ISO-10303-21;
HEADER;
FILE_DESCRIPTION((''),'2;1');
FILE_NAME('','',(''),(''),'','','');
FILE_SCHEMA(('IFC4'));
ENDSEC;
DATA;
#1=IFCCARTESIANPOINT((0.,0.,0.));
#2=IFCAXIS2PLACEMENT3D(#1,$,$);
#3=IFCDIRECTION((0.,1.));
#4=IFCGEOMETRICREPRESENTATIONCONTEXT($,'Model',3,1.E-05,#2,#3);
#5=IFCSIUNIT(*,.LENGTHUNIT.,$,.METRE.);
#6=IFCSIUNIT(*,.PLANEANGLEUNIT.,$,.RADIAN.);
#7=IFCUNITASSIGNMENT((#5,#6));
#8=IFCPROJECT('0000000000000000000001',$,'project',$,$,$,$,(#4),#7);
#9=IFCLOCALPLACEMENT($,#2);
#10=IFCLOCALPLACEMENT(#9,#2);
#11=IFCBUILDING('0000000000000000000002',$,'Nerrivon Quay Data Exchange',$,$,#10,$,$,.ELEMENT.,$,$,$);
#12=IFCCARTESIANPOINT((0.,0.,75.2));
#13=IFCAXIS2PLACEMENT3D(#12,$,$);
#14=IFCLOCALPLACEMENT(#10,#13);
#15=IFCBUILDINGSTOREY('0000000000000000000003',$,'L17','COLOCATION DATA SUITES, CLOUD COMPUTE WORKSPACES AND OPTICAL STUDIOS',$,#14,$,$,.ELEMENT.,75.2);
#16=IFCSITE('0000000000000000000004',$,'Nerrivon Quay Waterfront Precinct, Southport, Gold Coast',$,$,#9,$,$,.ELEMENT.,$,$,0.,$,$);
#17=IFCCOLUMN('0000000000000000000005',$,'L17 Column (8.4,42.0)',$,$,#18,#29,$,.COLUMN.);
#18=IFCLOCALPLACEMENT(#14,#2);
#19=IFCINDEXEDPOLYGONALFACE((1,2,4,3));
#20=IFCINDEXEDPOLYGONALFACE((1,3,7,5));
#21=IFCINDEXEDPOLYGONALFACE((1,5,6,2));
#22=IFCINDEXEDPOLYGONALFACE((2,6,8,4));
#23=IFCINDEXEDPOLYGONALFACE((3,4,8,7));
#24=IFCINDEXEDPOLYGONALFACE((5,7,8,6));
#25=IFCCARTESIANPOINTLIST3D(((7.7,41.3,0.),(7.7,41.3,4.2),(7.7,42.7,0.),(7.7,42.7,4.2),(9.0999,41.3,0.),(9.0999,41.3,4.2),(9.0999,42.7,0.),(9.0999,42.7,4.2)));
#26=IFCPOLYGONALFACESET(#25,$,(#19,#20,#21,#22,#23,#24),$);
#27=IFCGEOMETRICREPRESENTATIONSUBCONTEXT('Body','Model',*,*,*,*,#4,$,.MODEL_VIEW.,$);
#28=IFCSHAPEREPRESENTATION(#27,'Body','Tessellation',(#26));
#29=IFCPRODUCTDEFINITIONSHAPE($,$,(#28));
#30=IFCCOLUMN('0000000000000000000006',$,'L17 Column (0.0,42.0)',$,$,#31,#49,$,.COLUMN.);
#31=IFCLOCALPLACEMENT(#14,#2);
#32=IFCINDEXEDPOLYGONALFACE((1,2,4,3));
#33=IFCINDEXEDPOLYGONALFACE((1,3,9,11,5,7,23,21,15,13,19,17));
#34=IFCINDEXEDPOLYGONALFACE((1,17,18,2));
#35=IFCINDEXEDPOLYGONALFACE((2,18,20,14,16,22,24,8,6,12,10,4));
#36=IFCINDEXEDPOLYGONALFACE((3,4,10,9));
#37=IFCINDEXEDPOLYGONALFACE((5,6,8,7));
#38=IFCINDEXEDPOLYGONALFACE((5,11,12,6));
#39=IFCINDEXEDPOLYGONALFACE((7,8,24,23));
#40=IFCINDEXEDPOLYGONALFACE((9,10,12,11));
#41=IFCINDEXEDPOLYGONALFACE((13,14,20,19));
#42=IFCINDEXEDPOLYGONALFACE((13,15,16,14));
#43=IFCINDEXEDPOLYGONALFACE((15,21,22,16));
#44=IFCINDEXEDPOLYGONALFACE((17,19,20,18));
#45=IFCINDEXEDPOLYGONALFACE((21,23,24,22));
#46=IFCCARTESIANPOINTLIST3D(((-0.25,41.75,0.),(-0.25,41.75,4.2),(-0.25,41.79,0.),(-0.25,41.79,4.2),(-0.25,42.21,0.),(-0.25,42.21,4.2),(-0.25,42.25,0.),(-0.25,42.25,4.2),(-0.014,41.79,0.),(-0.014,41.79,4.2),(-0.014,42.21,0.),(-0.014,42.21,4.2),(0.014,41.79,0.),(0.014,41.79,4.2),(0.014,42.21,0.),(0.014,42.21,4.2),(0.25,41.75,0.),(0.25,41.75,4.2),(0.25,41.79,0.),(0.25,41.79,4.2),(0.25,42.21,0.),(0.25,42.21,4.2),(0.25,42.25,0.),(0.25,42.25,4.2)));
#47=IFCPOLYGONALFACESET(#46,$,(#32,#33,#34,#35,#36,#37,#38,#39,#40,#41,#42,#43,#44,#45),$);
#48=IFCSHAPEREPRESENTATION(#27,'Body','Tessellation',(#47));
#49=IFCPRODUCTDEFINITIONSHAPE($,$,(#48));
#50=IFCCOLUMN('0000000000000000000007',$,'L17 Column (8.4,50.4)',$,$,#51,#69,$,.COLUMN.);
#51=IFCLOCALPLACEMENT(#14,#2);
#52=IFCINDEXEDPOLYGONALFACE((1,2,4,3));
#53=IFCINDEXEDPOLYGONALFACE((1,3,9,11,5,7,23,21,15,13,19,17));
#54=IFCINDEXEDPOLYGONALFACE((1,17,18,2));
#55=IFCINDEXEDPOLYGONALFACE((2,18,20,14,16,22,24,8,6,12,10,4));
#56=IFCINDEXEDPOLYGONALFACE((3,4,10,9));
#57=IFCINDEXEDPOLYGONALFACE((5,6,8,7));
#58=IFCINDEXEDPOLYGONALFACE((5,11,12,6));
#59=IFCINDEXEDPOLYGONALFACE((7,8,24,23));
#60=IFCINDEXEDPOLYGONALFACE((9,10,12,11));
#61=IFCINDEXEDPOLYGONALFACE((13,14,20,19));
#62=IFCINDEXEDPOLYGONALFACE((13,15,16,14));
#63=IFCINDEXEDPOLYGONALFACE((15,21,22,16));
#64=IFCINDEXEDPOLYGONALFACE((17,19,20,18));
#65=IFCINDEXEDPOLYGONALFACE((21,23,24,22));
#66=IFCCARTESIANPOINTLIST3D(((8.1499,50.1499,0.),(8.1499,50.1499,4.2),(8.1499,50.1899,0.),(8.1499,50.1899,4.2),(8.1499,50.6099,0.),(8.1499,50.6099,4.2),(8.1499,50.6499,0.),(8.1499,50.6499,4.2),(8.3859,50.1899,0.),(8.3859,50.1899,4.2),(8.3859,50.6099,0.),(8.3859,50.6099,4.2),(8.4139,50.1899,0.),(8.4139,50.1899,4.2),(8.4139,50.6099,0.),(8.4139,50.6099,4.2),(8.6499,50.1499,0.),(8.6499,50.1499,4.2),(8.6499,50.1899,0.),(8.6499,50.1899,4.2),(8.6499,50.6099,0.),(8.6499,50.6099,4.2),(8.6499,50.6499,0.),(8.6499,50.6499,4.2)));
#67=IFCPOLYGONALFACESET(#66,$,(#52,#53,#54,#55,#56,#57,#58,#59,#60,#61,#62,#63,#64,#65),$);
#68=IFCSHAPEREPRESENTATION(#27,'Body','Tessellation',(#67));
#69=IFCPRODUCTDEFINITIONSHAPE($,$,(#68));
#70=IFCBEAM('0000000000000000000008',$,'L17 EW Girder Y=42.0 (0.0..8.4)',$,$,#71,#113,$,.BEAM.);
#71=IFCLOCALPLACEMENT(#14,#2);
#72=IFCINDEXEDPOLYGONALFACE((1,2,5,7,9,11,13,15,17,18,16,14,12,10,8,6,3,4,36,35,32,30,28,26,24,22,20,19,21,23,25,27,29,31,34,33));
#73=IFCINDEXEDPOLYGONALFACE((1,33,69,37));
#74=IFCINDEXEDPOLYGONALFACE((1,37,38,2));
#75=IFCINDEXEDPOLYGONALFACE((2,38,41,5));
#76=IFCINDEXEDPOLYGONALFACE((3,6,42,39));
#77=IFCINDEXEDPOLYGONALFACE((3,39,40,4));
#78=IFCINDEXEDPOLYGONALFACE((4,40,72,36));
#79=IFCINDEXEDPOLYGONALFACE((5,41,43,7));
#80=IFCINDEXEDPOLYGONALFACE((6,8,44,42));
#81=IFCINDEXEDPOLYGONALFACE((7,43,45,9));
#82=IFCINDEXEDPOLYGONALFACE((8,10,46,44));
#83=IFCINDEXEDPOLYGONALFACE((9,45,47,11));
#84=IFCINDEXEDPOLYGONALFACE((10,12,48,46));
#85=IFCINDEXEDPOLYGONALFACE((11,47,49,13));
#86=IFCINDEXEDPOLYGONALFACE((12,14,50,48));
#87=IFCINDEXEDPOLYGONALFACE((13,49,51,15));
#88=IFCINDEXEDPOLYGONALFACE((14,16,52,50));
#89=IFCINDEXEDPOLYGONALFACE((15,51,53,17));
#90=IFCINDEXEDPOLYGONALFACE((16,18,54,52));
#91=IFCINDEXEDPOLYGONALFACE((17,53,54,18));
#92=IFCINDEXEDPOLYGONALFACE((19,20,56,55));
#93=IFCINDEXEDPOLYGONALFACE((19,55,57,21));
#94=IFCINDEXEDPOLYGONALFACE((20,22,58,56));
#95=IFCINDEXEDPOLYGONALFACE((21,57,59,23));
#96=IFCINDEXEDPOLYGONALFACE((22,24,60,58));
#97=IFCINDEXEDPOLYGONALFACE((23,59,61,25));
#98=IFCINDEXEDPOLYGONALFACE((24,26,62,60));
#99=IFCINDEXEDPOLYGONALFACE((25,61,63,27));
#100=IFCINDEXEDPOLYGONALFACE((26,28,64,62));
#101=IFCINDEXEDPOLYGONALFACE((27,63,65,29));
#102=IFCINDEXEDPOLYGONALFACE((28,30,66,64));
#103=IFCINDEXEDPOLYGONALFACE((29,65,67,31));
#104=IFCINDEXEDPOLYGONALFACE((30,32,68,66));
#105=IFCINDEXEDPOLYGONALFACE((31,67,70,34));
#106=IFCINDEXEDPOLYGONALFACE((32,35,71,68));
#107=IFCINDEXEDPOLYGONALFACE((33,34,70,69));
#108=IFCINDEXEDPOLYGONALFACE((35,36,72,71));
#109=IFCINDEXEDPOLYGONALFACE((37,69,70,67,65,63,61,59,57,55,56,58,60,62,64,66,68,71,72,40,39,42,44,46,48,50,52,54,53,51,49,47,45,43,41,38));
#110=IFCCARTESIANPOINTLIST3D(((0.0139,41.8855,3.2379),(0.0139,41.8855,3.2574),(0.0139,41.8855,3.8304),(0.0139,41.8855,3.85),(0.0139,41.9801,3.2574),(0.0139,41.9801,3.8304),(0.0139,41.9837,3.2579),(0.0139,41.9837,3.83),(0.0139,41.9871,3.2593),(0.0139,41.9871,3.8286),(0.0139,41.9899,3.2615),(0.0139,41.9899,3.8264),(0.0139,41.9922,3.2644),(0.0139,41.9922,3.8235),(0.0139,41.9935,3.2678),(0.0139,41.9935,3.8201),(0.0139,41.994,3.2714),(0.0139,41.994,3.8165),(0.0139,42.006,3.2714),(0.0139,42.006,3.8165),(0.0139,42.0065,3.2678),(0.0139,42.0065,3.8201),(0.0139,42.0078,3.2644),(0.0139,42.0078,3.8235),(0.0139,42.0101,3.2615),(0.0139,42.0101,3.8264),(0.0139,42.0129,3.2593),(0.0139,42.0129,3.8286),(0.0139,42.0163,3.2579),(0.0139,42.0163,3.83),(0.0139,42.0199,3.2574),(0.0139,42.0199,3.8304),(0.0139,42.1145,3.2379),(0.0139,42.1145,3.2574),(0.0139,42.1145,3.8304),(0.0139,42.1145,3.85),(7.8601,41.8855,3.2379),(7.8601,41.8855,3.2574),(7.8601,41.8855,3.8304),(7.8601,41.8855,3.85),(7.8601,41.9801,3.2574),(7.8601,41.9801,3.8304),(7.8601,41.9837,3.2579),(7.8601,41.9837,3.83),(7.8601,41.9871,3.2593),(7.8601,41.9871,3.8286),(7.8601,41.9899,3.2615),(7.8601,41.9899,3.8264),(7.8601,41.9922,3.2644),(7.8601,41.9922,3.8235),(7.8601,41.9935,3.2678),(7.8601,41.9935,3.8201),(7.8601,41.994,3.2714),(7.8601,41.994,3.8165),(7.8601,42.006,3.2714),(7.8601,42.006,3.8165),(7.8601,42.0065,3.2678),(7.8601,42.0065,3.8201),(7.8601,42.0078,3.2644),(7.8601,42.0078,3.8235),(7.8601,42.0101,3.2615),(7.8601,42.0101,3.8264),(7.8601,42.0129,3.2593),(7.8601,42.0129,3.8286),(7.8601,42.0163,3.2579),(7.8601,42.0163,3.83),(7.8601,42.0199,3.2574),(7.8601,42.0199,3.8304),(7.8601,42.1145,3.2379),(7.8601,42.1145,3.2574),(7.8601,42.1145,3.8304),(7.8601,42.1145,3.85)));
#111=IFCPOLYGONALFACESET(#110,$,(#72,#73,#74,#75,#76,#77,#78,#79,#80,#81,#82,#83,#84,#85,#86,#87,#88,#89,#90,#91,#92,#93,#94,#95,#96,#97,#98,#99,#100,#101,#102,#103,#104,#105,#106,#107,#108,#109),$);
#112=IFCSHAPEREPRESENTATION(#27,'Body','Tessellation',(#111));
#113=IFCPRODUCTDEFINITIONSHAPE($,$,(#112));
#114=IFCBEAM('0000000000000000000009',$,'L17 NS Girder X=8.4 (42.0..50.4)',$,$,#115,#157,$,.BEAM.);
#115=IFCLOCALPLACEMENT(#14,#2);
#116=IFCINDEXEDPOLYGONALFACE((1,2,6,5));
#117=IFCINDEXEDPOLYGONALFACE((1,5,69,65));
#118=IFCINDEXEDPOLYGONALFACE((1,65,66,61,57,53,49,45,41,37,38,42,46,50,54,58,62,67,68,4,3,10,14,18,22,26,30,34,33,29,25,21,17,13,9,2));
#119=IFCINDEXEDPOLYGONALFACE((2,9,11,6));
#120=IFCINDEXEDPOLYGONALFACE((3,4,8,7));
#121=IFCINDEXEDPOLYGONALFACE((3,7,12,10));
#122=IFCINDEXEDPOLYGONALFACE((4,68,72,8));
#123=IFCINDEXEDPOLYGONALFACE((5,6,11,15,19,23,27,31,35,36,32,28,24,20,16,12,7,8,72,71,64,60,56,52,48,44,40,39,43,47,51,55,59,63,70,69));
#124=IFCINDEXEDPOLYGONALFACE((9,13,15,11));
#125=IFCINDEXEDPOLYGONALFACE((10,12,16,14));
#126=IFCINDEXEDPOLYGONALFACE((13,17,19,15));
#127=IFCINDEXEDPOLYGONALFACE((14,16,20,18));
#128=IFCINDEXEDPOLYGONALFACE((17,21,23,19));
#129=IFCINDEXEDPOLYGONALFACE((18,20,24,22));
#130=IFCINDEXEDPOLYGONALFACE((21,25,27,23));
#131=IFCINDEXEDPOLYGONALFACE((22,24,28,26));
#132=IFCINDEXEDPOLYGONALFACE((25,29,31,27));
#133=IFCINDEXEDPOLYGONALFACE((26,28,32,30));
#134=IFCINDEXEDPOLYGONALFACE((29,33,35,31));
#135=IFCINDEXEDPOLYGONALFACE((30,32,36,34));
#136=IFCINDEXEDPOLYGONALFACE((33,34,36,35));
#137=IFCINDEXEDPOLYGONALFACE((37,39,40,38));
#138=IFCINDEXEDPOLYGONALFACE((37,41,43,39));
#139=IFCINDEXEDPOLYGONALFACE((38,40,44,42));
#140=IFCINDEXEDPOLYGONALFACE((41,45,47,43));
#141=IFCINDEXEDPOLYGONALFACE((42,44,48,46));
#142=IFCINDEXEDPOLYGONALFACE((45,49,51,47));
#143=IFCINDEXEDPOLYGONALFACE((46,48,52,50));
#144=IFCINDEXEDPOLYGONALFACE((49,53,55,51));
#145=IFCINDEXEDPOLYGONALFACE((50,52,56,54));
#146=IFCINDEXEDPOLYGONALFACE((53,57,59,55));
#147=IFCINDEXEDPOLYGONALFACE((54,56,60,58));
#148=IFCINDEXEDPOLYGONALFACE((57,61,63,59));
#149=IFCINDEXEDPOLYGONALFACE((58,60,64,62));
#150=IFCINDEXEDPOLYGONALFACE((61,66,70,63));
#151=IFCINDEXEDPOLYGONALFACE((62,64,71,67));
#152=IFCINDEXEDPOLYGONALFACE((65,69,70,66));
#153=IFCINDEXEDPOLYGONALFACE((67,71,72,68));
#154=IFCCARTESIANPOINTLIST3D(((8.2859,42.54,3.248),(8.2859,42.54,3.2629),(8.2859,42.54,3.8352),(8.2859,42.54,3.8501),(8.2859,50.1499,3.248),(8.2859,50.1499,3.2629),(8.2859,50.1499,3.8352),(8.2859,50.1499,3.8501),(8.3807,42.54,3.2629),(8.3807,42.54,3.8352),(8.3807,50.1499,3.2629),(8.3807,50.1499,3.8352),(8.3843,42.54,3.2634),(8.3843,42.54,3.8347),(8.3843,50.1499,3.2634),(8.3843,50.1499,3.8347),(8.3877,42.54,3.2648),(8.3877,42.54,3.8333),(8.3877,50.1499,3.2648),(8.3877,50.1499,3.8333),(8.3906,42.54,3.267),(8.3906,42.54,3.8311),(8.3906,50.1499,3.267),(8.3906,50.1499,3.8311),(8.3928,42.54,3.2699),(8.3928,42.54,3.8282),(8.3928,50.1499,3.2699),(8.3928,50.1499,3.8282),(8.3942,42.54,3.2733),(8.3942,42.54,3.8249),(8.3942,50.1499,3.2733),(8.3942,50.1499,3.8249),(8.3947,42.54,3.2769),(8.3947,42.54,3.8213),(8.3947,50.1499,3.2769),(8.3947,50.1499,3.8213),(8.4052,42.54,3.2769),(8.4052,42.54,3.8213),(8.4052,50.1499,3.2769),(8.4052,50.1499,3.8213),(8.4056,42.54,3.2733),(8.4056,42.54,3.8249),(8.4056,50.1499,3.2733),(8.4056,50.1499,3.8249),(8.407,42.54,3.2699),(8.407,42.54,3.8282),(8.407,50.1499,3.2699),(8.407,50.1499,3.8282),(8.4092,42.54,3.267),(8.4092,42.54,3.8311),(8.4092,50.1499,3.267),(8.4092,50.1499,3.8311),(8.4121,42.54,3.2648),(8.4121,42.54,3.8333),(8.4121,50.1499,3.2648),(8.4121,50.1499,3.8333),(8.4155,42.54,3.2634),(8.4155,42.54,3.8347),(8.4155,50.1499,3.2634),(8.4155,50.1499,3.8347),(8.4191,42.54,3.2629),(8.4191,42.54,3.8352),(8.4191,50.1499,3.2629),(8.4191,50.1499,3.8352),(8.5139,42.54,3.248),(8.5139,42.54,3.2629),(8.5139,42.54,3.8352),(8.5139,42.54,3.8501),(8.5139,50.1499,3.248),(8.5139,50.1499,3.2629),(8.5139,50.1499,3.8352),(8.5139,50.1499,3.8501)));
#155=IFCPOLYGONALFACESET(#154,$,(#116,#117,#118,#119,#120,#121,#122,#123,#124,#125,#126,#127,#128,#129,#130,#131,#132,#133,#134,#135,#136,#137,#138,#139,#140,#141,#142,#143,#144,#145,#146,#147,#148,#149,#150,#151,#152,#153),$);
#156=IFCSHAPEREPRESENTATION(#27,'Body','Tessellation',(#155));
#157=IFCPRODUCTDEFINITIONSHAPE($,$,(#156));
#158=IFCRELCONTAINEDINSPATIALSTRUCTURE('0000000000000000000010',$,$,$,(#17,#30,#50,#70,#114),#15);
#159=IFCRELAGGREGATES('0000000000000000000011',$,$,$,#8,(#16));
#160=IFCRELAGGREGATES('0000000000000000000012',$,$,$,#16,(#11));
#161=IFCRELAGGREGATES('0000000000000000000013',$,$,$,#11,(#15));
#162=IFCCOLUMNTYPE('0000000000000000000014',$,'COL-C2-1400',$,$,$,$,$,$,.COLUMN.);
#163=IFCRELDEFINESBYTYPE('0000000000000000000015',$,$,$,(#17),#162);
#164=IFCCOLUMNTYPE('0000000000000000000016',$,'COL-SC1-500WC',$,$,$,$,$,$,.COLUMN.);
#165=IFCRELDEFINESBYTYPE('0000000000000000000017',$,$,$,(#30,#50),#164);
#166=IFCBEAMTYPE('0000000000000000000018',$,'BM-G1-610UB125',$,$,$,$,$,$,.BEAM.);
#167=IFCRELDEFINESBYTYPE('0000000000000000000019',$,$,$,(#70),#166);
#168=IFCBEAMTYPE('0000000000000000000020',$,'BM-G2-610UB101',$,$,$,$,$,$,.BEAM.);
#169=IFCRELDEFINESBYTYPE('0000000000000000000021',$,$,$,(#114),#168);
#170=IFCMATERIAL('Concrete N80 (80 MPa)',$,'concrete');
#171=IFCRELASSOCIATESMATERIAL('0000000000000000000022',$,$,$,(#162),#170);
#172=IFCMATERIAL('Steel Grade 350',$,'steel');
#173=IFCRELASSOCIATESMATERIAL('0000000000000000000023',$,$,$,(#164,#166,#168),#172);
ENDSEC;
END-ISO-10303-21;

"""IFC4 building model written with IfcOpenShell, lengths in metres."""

from ifc_helpers import new_model, si_unit, direction, frame, origin, origin_2d, place, context, subcontext, project, spatial, rectangle, i_section, extrude, material, material_profile, profile_set, type_object, element, save


model = new_model("IFC4")

# Units and contexts
model_context = context("Model", 3, precision=1e-05, world=origin(), true_north=direction((0.0, 1.0)))
body_context = subcontext(model_context, "Body", "Model", "MODEL_VIEW")
ifc_project = project(units=[si_unit("LENGTHUNIT", "METRE"), si_unit("PLANEANGLEUNIT", "RADIAN")], contexts=[model_context])

# Site, building, storey
site_placement = place(None, origin())
site = spatial("IfcSite", under=ifc_project, at=site_placement, Name="Nerrivon Quay Waterfront Precinct, Southport, Gold Coast", CompositionType="ELEMENT", RefElevation=0.0)
building_placement = place(site_placement, origin())
building = spatial("IfcBuilding", under=site, at=building_placement, Name="Nerrivon Quay Data Exchange", CompositionType="ELEMENT")
storey_placement = place(building_placement, frame((0.0, 0.0, 75.2)))
storey = spatial("IfcBuildingStorey", under=building, at=storey_placement, Name="L17", Description="COLOCATION DATA SUITES, CLOUD COMPUTE WORKSPACES AND OPTICAL STUDIOS", CompositionType="ELEMENT", Elevation=75.2)

# Columns
ifc_material_1 = material(Name="Concrete N80 (80 MPa)", Category="concrete")
ifc_material_profile_1 = material_profile(ifc_material_1, rectangle(XDim=1.3999, YDim=1.3999, at=origin_2d()), Name="RC-COL-1400x1400")
ifc_profile_set_1 = profile_set([ifc_material_profile_1], Name="Concrete N80 (80 MPa)")
column_type_1 = type_object("IfcColumnType", Name="COL-C2-1400", PredefinedType="COLUMN", material=ifc_profile_set_1)
column_placement = place(storey_placement, frame((8.3999, 42.0, 0.0), z_axis=(0.0, 0.0, 1.0), x_axis=(1.0, 0.0, 0.0)))
element("IfcColumn", 1, at=column_placement, inside=storey, type_object=column_type_1, Name="L17 Column (8.4,42.0)", PredefinedType="COLUMN", context=body_context, shape_type="SweptSolid", body=[
    extrude(rectangle(XDim=1.3999, YDim=1.3999, at=origin_2d()), origin(), (0.0, 0.0, 1.0), 4.2),
])
ifc_material_2 = material(Name="Steel Grade 350", Category="steel")
ifc_material_profile_2 = material_profile(ifc_material_2, i_section(OverallWidth=0.5, OverallDepth=0.5, WebThickness=0.0281, FlangeThickness=0.04, at=origin_2d()), Name="500WC440")
ifc_profile_set_2 = profile_set([ifc_material_profile_2], Name="Steel Grade 350")
column_type_2 = type_object("IfcColumnType", Name="COL-SC1-500WC", PredefinedType="COLUMN", material=ifc_profile_set_2)
for number, where, z_axis, x_axis, name in (
    (2, (0.0, 42.0, 0.0), (0.0, 0.0, 1.0), (1.0, 0.0, 0.0), "L17 Column (0.0,42.0)"),
    (3, (8.3999, 50.3999, 0.0), (0.0, 0.0, 1.0), (1.0, 0.0, 0.0), "L17 Column (8.4,50.4)"),
):
    element("IfcColumn", number, at=place(storey_placement, frame(where, z_axis=z_axis, x_axis=x_axis)), inside=storey, type_object=column_type_2, Name=name, PredefinedType="COLUMN", context=body_context, shape_type="SweptSolid", body=[
        extrude(i_section(OverallWidth=0.5, OverallDepth=0.5, WebThickness=0.0281, FlangeThickness=0.04, at=origin_2d()), origin(), (0.0, 0.0, 1.0), 4.2),
    ])

# Beams
ifc_material_profile_3 = material_profile(ifc_material_2, i_section(OverallWidth=0.229, OverallDepth=0.6121, WebThickness=0.012, FlangeThickness=0.0195, FilletRadius=0.0139, at=origin_2d()), Name="610UB125")
ifc_profile_set_3 = profile_set([ifc_material_profile_3], Name="Steel Grade 350")
beam_type_1 = type_object("IfcBeamType", Name="BM-G1-610UB125", PredefinedType="BEAM", material=ifc_profile_set_3)
beam_1_placement = place(storey_placement, frame((0.0139, 42.0, 3.5439), z_axis=(1.0, 0.0, 0.0), x_axis=(0.0, 1.0, 0.0)))
element("IfcBeam", 4, at=beam_1_placement, inside=storey, type_object=beam_type_1, Name="L17 EW Girder Y=42.0 (0.0..8.4)", PredefinedType="BEAM", context=body_context, shape_type="SweptSolid", body=[
    extrude(i_section(OverallWidth=0.229, OverallDepth=0.6121, WebThickness=0.012, FlangeThickness=0.0195, FilletRadius=0.0139, at=origin_2d()), origin(), (0.0, 0.0, 1.0), 7.8462),
])
ifc_material_profile_4 = material_profile(ifc_material_2, i_section(OverallWidth=0.228, OverallDepth=0.6021, WebThickness=0.0105, FlangeThickness=0.0149, FilletRadius=0.0139, at=origin_2d()), Name="610UB101")
ifc_profile_set_4 = profile_set([ifc_material_profile_4], Name="Steel Grade 350")
beam_type_2 = type_object("IfcBeamType", Name="BM-G2-610UB101", PredefinedType="BEAM", material=ifc_profile_set_4)
beam_2_placement = place(storey_placement, frame((8.3999, 42.54, 3.5491), z_axis=(0.0, 1.0, 0.0), x_axis=(-1.0, 0.0, 0.0)))
element("IfcBeam", 5, at=beam_2_placement, inside=storey, type_object=beam_type_2, Name="L17 NS Girder X=8.4 (42.0..50.4)", PredefinedType="BEAM", context=body_context, shape_type="SweptSolid", body=[
    extrude(i_section(OverallWidth=0.228, OverallDepth=0.6021, WebThickness=0.0105, FlangeThickness=0.0149, FilletRadius=0.0139, at=origin_2d()), origin(), (0.0, 0.0, 1.0), 7.6099),
])

save(model, "model.ifc")
